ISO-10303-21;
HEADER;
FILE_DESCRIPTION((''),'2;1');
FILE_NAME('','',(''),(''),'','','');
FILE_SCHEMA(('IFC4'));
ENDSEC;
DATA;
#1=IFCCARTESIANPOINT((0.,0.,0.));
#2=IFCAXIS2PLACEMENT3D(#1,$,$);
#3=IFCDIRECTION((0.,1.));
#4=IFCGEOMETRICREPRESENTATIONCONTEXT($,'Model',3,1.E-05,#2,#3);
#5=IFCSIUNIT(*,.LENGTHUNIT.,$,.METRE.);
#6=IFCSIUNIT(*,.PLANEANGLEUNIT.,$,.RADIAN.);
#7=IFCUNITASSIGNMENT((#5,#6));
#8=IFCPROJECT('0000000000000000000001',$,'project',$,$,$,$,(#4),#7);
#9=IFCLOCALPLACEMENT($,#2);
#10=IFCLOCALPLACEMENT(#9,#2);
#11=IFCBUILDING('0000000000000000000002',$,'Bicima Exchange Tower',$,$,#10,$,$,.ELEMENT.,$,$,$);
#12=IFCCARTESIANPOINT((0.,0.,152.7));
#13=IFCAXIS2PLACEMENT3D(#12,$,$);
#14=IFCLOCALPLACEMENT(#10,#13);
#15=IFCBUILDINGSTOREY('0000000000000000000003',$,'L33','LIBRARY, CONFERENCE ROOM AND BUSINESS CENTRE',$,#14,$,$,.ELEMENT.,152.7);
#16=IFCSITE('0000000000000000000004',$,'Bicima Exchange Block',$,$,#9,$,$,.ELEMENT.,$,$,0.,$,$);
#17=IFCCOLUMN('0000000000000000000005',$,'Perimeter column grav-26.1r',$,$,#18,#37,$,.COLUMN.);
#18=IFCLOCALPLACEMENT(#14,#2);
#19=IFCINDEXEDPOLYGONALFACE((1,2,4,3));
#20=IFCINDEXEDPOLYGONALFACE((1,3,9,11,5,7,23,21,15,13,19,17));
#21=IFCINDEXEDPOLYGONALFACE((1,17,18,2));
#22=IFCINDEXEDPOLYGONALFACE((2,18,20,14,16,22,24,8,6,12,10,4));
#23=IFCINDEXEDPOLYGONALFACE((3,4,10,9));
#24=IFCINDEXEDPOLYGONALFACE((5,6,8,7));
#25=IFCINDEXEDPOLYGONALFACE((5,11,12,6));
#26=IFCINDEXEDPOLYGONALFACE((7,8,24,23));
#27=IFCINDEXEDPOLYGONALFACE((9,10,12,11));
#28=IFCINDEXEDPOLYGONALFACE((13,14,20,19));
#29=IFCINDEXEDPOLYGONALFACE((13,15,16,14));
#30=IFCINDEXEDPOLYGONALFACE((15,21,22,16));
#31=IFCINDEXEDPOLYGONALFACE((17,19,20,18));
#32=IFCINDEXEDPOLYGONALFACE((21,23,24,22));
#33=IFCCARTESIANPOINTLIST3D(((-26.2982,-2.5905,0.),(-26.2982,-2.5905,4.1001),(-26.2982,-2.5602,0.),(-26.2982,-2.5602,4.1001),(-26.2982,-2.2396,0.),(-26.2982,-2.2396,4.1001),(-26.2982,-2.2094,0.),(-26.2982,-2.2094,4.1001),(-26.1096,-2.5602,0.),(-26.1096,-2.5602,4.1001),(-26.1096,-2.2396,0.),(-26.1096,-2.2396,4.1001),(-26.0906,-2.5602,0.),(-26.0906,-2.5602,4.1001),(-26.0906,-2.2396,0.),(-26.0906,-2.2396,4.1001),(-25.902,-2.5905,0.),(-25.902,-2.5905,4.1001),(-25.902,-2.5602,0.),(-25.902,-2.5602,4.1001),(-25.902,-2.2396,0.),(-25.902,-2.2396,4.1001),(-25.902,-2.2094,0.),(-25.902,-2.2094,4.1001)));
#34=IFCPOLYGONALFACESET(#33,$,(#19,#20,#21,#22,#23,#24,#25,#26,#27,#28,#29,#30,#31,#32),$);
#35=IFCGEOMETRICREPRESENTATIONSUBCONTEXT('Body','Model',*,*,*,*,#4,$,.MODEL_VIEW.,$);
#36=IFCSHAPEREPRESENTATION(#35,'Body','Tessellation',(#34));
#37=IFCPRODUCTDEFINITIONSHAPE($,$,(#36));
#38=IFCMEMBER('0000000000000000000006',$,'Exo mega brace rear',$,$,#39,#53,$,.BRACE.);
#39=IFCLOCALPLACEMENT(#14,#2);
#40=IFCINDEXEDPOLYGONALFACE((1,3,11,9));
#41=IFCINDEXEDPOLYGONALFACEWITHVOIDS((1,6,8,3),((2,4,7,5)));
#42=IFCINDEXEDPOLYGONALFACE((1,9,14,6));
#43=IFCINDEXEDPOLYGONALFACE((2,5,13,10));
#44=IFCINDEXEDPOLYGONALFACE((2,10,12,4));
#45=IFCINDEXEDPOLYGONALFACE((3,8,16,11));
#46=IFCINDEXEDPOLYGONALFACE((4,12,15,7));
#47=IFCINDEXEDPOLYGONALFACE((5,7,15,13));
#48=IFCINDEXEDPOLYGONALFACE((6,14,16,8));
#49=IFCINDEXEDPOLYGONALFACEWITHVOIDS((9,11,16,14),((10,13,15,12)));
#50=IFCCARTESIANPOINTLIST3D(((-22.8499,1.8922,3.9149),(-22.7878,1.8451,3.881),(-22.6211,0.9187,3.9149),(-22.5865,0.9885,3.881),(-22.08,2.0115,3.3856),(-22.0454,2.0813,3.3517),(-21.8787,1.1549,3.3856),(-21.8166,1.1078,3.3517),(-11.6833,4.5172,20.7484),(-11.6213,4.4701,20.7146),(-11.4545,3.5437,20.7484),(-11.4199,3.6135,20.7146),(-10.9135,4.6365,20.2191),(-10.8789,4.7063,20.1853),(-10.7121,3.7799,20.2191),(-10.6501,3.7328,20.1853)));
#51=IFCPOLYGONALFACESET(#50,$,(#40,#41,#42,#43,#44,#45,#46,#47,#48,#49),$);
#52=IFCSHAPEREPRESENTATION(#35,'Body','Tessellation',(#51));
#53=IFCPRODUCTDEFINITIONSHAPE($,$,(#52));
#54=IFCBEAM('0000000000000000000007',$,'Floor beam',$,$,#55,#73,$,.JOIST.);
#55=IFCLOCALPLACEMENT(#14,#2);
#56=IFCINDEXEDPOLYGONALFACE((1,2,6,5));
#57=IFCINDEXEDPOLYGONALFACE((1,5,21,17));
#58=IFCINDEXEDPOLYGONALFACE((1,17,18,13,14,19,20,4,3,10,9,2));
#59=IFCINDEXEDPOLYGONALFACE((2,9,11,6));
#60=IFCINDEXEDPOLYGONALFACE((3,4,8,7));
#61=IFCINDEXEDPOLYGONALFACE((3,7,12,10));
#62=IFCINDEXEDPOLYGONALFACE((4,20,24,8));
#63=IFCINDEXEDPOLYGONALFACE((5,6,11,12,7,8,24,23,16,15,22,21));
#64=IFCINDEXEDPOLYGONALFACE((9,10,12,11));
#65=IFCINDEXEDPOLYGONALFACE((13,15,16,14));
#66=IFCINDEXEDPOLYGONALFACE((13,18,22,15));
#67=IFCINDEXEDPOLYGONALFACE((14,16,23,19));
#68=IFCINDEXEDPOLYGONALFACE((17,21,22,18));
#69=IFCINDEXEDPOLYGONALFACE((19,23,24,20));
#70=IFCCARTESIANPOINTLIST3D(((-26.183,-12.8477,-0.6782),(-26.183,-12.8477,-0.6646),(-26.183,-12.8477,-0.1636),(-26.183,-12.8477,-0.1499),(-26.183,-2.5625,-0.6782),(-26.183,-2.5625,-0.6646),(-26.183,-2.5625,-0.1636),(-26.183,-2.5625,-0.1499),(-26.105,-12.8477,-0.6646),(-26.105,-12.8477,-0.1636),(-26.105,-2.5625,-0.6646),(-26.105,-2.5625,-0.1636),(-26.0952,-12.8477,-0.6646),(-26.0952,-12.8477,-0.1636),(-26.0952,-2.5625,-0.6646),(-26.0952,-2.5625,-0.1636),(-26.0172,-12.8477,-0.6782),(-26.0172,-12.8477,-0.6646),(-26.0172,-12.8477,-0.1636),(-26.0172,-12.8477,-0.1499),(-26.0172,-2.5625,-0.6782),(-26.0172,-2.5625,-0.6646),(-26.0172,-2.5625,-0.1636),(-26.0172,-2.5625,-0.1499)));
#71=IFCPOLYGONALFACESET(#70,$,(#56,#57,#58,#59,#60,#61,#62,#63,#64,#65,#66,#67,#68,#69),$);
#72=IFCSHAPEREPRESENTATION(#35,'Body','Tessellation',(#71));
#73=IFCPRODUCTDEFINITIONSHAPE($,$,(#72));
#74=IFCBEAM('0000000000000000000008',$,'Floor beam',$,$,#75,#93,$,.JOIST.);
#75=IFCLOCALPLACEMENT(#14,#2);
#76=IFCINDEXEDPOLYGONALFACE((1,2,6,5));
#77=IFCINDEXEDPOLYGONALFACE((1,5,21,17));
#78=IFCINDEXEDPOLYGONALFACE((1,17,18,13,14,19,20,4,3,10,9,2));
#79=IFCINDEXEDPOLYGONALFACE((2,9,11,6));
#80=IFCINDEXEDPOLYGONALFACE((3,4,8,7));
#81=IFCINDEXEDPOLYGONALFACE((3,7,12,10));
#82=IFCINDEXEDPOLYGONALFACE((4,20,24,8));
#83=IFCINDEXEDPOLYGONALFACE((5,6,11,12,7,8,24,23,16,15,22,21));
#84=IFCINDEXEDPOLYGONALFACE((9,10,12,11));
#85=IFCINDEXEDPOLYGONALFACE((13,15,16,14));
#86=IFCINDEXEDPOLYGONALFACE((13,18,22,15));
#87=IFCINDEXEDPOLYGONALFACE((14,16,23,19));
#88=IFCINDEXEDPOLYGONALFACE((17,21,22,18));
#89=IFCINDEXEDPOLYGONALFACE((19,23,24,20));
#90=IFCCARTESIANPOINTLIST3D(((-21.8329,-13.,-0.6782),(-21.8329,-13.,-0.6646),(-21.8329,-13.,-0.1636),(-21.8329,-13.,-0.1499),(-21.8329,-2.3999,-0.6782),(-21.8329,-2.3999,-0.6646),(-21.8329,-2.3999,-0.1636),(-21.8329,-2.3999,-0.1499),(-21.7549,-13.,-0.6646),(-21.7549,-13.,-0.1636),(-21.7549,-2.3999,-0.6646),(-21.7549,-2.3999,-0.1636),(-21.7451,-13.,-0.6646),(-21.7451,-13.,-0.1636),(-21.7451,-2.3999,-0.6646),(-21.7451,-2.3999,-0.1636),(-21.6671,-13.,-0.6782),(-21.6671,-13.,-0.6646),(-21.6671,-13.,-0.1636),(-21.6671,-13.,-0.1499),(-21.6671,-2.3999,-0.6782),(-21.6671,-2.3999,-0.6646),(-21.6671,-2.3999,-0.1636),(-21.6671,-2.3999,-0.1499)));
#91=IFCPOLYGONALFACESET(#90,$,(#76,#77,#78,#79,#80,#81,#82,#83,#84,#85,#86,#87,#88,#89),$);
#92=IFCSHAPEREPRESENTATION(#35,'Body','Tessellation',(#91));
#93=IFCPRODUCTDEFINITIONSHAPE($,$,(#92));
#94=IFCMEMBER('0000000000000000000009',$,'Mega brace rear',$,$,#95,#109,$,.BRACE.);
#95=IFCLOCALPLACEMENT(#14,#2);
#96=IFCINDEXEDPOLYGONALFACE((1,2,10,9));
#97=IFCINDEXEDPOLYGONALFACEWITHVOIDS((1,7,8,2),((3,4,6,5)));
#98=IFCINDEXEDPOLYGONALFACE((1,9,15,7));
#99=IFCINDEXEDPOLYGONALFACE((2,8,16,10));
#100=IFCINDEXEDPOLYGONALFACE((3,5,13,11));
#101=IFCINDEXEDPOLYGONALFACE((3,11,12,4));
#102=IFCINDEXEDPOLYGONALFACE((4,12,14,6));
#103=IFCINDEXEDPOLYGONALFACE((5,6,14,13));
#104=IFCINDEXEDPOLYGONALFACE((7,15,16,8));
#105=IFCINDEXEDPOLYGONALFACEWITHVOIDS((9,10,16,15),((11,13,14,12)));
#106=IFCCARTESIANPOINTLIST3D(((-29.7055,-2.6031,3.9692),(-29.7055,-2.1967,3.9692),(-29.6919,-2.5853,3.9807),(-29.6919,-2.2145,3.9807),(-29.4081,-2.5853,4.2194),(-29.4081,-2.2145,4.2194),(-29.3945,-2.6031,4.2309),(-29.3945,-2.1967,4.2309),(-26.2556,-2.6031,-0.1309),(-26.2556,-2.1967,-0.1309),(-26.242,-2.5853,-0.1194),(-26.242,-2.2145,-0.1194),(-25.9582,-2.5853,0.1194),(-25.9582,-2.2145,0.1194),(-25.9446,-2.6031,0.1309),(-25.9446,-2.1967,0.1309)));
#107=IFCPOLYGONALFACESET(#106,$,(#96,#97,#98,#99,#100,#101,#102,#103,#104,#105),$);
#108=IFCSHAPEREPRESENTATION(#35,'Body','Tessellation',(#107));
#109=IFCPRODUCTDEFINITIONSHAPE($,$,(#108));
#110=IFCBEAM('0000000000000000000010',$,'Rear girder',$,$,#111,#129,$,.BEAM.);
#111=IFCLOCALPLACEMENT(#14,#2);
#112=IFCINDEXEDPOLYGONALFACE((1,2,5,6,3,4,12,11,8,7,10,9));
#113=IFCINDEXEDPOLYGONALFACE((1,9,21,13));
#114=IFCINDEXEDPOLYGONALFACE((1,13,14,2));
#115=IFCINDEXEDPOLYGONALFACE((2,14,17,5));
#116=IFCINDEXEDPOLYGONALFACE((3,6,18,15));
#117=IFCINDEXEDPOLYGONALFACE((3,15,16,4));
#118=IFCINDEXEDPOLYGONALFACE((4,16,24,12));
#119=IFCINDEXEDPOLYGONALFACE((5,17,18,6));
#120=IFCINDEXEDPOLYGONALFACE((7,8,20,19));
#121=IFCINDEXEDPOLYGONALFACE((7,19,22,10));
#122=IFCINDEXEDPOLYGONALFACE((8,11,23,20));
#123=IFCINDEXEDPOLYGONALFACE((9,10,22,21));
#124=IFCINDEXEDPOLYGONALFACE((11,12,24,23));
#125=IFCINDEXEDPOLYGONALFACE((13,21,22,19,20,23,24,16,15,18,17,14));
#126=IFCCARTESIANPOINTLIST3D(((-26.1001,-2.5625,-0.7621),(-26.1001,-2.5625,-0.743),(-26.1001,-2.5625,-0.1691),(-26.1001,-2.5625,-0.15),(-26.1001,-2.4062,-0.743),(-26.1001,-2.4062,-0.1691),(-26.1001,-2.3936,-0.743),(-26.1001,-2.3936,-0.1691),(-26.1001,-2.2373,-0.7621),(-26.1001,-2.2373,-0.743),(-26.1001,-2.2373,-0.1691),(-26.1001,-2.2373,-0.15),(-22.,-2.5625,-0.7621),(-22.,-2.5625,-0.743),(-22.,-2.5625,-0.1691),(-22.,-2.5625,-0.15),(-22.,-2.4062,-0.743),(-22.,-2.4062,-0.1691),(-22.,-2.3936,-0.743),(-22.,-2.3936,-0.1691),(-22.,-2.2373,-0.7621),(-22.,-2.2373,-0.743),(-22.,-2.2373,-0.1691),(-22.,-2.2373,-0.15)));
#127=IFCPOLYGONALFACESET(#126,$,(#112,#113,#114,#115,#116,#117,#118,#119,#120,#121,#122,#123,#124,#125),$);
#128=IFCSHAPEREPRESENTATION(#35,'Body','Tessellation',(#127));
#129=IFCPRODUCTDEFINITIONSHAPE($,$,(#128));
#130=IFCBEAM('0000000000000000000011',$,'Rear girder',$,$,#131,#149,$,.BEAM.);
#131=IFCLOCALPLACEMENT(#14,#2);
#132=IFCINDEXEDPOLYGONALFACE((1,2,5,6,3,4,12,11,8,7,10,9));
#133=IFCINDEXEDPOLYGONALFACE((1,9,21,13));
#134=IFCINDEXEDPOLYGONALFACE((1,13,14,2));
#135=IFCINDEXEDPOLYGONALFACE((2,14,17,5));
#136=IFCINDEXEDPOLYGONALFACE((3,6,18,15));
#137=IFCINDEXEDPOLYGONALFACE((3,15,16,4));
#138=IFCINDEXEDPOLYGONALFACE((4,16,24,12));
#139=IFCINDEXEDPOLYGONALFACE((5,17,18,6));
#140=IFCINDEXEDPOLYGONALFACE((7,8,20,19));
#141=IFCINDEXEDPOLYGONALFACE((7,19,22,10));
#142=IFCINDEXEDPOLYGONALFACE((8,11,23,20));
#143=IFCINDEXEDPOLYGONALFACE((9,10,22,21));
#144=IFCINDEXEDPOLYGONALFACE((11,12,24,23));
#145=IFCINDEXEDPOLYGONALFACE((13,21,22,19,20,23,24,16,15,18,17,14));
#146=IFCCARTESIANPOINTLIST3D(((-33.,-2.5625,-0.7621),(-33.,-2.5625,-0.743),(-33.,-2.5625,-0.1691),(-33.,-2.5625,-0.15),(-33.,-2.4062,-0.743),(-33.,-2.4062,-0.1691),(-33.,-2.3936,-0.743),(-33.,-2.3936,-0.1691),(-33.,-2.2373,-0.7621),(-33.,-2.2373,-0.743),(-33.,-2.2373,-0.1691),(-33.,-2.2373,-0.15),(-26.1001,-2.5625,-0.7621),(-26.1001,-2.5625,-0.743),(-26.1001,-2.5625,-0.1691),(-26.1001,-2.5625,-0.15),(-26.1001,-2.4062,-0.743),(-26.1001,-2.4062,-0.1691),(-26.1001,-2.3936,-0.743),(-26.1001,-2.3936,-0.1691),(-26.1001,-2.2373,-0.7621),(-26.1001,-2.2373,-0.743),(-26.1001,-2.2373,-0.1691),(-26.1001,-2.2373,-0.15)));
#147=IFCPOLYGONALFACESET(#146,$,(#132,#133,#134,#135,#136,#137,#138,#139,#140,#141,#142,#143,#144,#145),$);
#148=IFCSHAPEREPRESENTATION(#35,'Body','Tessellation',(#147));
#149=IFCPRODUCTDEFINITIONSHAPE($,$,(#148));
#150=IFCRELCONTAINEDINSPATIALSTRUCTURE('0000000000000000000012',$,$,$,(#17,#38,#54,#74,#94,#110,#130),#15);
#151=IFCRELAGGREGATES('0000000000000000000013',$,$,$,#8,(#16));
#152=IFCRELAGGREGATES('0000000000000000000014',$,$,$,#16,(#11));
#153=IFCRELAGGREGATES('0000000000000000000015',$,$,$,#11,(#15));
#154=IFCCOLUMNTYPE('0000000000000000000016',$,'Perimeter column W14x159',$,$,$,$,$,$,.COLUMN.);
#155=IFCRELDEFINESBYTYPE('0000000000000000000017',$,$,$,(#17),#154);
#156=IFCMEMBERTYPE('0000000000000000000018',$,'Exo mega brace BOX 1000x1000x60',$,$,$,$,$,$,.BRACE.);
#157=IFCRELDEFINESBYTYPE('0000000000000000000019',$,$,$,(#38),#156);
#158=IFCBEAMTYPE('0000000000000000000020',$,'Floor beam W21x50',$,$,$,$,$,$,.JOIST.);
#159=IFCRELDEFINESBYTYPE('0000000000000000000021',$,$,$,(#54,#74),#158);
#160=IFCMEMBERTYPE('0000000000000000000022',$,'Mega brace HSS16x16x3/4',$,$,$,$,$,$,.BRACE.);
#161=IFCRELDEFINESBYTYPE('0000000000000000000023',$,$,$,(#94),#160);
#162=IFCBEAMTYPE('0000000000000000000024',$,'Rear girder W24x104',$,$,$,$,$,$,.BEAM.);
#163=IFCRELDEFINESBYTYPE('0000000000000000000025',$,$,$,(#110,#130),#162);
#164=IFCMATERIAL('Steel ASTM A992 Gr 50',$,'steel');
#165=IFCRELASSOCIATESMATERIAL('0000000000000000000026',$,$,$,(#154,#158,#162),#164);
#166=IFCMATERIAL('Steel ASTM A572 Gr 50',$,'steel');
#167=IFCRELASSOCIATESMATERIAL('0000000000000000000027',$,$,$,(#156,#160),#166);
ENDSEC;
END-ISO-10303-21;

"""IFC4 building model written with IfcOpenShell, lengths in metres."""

from ifc_helpers import new_model, si_unit, direction, frame, origin, origin_2d, place, context, subcontext, project, spatial, hollow_rectangle, i_section, extrude, material, material_profile, profile_set, type_object, element, save


model = new_model("IFC4")

# Units and contexts
model_context = context("Model", 3, precision=1e-05, world=origin(), true_north=direction((0.0, 1.0)))
body_context = subcontext(model_context, "Body", "Model", "MODEL_VIEW")
ifc_project = project(units=[si_unit("LENGTHUNIT", "METRE"), si_unit("PLANEANGLEUNIT", "RADIAN")], contexts=[model_context])

# Site, building, storey
site_placement = place(None, origin())
site = spatial("IfcSite", under=ifc_project, at=site_placement, Name="Bicima Exchange Block", CompositionType="ELEMENT", RefElevation=0.0)
building_placement = place(site_placement, origin())
building = spatial("IfcBuilding", under=site, at=building_placement, Name="Bicima Exchange Tower", CompositionType="ELEMENT")
storey_placement = place(building_placement, frame((0.0, 0.0, 152.7)))
storey = spatial("IfcBuildingStorey", under=building, at=storey_placement, Name="L33", Description="LIBRARY, CONFERENCE ROOM AND BUSINESS CENTRE", CompositionType="ELEMENT", Elevation=152.7)

# Column
ifc_material_1 = material(Name="Steel ASTM A992 Gr 50", Category="steel")
ifc_material_profile_1 = material_profile(ifc_material_1, i_section(OverallWidth=0.3962, OverallDepth=0.3811, WebThickness=0.019, FlangeThickness=0.0303, at=origin_2d()))
ifc_profile_set_1 = profile_set([ifc_material_profile_1], Name="Steel ASTM A992 Gr 50")
column_type = type_object("IfcColumnType", Name="Perimeter column W14x159", PredefinedType="COLUMN", material=ifc_profile_set_1)
column_placement = place(storey_placement, frame((-26.1001, -2.3999, 0.0), z_axis=(0.0, 0.0, 1.0), x_axis=(1.0, 0.0, 0.0)))
element("IfcColumn", 1, at=column_placement, inside=storey, type_object=column_type, Name="Perimeter column grav-26.1r", PredefinedType="COLUMN", context=body_context, shape_type="SweptSolid", body=[
    extrude(i_section(OverallWidth=0.3962, OverallDepth=0.3811, WebThickness=0.019, FlangeThickness=0.0303, at=origin_2d()), origin(), (0.0, 0.0, 1.0), 4.1001),
])

# Member
ifc_material_2 = material(Name="Steel ASTM A572 Gr 50", Category="steel")
ifc_material_profile_2 = material_profile(ifc_material_2, hollow_rectangle(XDim=1.0, YDim=1.0, WallThickness=0.0601, at=origin_2d()))
ifc_profile_set_2 = profile_set([ifc_material_profile_2], Name="Steel ASTM A572 Gr 50")
member_type_1 = type_object("IfcMemberType", Name="Exo mega brace BOX 1000x1000x60", PredefinedType="BRACE", material=ifc_profile_set_2)
member_1_placement = place(storey_placement, frame((-22.3333, 1.5, 3.6333), z_axis=(0.548176, 0.128864, 0.826376), x_axis=(-0.22884, 0.973464, 0.0)))
element("IfcMember", 2, at=member_1_placement, inside=storey, type_object=member_type_1, Name="Exo mega brace rear", PredefinedType="BRACE", context=body_context, shape_type="SweptSolid", body=[
    extrude(hollow_rectangle(XDim=1.0, YDim=1.0, WallThickness=0.0601, at=origin_2d()), origin(), (0.0, 0.0, 1.0), 20.3704),
])

# Beams
ifc_material_profile_3 = material_profile(ifc_material_1, i_section(OverallWidth=0.1658, OverallDepth=0.5283, WebThickness=0.0098, FlangeThickness=0.0137, at=origin_2d()))
ifc_profile_set_3 = profile_set([ifc_material_profile_3], Name="Steel ASTM A992 Gr 50")
beam_type_1 = type_object("IfcBeamType", Name="Floor beam W21x50", PredefinedType="JOIST", material=ifc_profile_set_3)
beam_1_placement = place(storey_placement, frame((-26.1001, -2.5625, -0.4141), z_axis=(0.0, -1.0, 0.0), x_axis=(1.0, 0.0, 0.0)))
element("IfcBeam", 3, at=beam_1_placement, inside=storey, type_object=beam_type_1, Name="Floor beam", PredefinedType="JOIST", context=body_context, shape_type="SweptSolid", body=[
    extrude(i_section(OverallWidth=0.1658, OverallDepth=0.5283, WebThickness=0.0098, FlangeThickness=0.0137, at=origin_2d()), origin(), (0.0, 0.0, 1.0), 10.2852),
])
beam_2_placement = place(storey_placement, frame((-21.75, -2.3999, -0.4141), z_axis=(0.0, -1.0, 0.0), x_axis=(1.0, 0.0, 0.0)))
element("IfcBeam", 4, at=beam_2_placement, inside=storey, type_object=beam_type_1, Name="Floor beam", PredefinedType="JOIST", context=body_context, shape_type="SweptSolid", body=[
    extrude(i_section(OverallWidth=0.1658, OverallDepth=0.5283, WebThickness=0.0098, FlangeThickness=0.0137, at=origin_2d()), origin(), (0.0, 0.0, 1.0), 10.6001),
])

# Member
ifc_material_profile_4 = material_profile(ifc_material_2, hollow_rectangle(XDim=0.4065, YDim=0.4065, WallThickness=0.0178, at=origin_2d()))
ifc_profile_set_4 = profile_set([ifc_material_profile_4], Name="Steel ASTM A572 Gr 50")
member_type_2 = type_object("IfcMemberType", Name="Mega brace HSS16x16x3/4", PredefinedType="BRACE", material=ifc_profile_set_4)
member_2_placement = place(storey_placement, frame((-26.1001, -2.3999, 0.0), z_axis=(-0.643834, 0.0, 0.765165), x_axis=(0.0, -1.0, 0.0)))
element("IfcMember", 5, at=member_2_placement, inside=storey, type_object=member_type_2, Name="Mega brace rear", PredefinedType="BRACE", context=body_context, shape_type="SweptSolid", body=[
    extrude(hollow_rectangle(XDim=0.4065, YDim=0.4065, WallThickness=0.0178, at=origin_2d()), origin(), (0.0, 0.0, 1.0), 5.3584),
])

# Beams
ifc_material_profile_5 = material_profile(ifc_material_1, i_section(OverallWidth=0.3252, OverallDepth=0.6121, WebThickness=0.0127, FlangeThickness=0.019, at=origin_2d()))
ifc_profile_set_5 = profile_set([ifc_material_profile_5], Name="Steel ASTM A992 Gr 50")
beam_type_2 = type_object("IfcBeamType", Name="Rear girder W24x104", PredefinedType="BEAM", material=ifc_profile_set_5)
beam_3_placement = place(storey_placement, frame((-22.0, -2.3999, -0.4561), z_axis=(-1.0, 0.0, 0.0), x_axis=(0.0, -1.0, 0.0)))
element("IfcBeam", 6, at=beam_3_placement, inside=storey, type_object=beam_type_2, Name="Rear girder", PredefinedType="BEAM", context=body_context, shape_type="SweptSolid", body=[
    extrude(i_section(OverallWidth=0.3252, OverallDepth=0.6121, WebThickness=0.0127, FlangeThickness=0.019, at=origin_2d()), origin(), (0.0, 0.0, 1.0), 4.1001),
])
beam_4_placement = place(storey_placement, frame((-26.1001, -2.3999, -0.4561), z_axis=(-1.0, 0.0, 0.0), x_axis=(0.0, -1.0, 0.0)))
element("IfcBeam", 7, at=beam_4_placement, inside=storey, type_object=beam_type_2, Name="Rear girder", PredefinedType="BEAM", context=body_context, shape_type="SweptSolid", body=[
    extrude(i_section(OverallWidth=0.3252, OverallDepth=0.6121, WebThickness=0.0127, FlangeThickness=0.019, at=origin_2d()), origin(), (0.0, 0.0, 1.0), 6.8999),
])

save(model, "model.ifc")
